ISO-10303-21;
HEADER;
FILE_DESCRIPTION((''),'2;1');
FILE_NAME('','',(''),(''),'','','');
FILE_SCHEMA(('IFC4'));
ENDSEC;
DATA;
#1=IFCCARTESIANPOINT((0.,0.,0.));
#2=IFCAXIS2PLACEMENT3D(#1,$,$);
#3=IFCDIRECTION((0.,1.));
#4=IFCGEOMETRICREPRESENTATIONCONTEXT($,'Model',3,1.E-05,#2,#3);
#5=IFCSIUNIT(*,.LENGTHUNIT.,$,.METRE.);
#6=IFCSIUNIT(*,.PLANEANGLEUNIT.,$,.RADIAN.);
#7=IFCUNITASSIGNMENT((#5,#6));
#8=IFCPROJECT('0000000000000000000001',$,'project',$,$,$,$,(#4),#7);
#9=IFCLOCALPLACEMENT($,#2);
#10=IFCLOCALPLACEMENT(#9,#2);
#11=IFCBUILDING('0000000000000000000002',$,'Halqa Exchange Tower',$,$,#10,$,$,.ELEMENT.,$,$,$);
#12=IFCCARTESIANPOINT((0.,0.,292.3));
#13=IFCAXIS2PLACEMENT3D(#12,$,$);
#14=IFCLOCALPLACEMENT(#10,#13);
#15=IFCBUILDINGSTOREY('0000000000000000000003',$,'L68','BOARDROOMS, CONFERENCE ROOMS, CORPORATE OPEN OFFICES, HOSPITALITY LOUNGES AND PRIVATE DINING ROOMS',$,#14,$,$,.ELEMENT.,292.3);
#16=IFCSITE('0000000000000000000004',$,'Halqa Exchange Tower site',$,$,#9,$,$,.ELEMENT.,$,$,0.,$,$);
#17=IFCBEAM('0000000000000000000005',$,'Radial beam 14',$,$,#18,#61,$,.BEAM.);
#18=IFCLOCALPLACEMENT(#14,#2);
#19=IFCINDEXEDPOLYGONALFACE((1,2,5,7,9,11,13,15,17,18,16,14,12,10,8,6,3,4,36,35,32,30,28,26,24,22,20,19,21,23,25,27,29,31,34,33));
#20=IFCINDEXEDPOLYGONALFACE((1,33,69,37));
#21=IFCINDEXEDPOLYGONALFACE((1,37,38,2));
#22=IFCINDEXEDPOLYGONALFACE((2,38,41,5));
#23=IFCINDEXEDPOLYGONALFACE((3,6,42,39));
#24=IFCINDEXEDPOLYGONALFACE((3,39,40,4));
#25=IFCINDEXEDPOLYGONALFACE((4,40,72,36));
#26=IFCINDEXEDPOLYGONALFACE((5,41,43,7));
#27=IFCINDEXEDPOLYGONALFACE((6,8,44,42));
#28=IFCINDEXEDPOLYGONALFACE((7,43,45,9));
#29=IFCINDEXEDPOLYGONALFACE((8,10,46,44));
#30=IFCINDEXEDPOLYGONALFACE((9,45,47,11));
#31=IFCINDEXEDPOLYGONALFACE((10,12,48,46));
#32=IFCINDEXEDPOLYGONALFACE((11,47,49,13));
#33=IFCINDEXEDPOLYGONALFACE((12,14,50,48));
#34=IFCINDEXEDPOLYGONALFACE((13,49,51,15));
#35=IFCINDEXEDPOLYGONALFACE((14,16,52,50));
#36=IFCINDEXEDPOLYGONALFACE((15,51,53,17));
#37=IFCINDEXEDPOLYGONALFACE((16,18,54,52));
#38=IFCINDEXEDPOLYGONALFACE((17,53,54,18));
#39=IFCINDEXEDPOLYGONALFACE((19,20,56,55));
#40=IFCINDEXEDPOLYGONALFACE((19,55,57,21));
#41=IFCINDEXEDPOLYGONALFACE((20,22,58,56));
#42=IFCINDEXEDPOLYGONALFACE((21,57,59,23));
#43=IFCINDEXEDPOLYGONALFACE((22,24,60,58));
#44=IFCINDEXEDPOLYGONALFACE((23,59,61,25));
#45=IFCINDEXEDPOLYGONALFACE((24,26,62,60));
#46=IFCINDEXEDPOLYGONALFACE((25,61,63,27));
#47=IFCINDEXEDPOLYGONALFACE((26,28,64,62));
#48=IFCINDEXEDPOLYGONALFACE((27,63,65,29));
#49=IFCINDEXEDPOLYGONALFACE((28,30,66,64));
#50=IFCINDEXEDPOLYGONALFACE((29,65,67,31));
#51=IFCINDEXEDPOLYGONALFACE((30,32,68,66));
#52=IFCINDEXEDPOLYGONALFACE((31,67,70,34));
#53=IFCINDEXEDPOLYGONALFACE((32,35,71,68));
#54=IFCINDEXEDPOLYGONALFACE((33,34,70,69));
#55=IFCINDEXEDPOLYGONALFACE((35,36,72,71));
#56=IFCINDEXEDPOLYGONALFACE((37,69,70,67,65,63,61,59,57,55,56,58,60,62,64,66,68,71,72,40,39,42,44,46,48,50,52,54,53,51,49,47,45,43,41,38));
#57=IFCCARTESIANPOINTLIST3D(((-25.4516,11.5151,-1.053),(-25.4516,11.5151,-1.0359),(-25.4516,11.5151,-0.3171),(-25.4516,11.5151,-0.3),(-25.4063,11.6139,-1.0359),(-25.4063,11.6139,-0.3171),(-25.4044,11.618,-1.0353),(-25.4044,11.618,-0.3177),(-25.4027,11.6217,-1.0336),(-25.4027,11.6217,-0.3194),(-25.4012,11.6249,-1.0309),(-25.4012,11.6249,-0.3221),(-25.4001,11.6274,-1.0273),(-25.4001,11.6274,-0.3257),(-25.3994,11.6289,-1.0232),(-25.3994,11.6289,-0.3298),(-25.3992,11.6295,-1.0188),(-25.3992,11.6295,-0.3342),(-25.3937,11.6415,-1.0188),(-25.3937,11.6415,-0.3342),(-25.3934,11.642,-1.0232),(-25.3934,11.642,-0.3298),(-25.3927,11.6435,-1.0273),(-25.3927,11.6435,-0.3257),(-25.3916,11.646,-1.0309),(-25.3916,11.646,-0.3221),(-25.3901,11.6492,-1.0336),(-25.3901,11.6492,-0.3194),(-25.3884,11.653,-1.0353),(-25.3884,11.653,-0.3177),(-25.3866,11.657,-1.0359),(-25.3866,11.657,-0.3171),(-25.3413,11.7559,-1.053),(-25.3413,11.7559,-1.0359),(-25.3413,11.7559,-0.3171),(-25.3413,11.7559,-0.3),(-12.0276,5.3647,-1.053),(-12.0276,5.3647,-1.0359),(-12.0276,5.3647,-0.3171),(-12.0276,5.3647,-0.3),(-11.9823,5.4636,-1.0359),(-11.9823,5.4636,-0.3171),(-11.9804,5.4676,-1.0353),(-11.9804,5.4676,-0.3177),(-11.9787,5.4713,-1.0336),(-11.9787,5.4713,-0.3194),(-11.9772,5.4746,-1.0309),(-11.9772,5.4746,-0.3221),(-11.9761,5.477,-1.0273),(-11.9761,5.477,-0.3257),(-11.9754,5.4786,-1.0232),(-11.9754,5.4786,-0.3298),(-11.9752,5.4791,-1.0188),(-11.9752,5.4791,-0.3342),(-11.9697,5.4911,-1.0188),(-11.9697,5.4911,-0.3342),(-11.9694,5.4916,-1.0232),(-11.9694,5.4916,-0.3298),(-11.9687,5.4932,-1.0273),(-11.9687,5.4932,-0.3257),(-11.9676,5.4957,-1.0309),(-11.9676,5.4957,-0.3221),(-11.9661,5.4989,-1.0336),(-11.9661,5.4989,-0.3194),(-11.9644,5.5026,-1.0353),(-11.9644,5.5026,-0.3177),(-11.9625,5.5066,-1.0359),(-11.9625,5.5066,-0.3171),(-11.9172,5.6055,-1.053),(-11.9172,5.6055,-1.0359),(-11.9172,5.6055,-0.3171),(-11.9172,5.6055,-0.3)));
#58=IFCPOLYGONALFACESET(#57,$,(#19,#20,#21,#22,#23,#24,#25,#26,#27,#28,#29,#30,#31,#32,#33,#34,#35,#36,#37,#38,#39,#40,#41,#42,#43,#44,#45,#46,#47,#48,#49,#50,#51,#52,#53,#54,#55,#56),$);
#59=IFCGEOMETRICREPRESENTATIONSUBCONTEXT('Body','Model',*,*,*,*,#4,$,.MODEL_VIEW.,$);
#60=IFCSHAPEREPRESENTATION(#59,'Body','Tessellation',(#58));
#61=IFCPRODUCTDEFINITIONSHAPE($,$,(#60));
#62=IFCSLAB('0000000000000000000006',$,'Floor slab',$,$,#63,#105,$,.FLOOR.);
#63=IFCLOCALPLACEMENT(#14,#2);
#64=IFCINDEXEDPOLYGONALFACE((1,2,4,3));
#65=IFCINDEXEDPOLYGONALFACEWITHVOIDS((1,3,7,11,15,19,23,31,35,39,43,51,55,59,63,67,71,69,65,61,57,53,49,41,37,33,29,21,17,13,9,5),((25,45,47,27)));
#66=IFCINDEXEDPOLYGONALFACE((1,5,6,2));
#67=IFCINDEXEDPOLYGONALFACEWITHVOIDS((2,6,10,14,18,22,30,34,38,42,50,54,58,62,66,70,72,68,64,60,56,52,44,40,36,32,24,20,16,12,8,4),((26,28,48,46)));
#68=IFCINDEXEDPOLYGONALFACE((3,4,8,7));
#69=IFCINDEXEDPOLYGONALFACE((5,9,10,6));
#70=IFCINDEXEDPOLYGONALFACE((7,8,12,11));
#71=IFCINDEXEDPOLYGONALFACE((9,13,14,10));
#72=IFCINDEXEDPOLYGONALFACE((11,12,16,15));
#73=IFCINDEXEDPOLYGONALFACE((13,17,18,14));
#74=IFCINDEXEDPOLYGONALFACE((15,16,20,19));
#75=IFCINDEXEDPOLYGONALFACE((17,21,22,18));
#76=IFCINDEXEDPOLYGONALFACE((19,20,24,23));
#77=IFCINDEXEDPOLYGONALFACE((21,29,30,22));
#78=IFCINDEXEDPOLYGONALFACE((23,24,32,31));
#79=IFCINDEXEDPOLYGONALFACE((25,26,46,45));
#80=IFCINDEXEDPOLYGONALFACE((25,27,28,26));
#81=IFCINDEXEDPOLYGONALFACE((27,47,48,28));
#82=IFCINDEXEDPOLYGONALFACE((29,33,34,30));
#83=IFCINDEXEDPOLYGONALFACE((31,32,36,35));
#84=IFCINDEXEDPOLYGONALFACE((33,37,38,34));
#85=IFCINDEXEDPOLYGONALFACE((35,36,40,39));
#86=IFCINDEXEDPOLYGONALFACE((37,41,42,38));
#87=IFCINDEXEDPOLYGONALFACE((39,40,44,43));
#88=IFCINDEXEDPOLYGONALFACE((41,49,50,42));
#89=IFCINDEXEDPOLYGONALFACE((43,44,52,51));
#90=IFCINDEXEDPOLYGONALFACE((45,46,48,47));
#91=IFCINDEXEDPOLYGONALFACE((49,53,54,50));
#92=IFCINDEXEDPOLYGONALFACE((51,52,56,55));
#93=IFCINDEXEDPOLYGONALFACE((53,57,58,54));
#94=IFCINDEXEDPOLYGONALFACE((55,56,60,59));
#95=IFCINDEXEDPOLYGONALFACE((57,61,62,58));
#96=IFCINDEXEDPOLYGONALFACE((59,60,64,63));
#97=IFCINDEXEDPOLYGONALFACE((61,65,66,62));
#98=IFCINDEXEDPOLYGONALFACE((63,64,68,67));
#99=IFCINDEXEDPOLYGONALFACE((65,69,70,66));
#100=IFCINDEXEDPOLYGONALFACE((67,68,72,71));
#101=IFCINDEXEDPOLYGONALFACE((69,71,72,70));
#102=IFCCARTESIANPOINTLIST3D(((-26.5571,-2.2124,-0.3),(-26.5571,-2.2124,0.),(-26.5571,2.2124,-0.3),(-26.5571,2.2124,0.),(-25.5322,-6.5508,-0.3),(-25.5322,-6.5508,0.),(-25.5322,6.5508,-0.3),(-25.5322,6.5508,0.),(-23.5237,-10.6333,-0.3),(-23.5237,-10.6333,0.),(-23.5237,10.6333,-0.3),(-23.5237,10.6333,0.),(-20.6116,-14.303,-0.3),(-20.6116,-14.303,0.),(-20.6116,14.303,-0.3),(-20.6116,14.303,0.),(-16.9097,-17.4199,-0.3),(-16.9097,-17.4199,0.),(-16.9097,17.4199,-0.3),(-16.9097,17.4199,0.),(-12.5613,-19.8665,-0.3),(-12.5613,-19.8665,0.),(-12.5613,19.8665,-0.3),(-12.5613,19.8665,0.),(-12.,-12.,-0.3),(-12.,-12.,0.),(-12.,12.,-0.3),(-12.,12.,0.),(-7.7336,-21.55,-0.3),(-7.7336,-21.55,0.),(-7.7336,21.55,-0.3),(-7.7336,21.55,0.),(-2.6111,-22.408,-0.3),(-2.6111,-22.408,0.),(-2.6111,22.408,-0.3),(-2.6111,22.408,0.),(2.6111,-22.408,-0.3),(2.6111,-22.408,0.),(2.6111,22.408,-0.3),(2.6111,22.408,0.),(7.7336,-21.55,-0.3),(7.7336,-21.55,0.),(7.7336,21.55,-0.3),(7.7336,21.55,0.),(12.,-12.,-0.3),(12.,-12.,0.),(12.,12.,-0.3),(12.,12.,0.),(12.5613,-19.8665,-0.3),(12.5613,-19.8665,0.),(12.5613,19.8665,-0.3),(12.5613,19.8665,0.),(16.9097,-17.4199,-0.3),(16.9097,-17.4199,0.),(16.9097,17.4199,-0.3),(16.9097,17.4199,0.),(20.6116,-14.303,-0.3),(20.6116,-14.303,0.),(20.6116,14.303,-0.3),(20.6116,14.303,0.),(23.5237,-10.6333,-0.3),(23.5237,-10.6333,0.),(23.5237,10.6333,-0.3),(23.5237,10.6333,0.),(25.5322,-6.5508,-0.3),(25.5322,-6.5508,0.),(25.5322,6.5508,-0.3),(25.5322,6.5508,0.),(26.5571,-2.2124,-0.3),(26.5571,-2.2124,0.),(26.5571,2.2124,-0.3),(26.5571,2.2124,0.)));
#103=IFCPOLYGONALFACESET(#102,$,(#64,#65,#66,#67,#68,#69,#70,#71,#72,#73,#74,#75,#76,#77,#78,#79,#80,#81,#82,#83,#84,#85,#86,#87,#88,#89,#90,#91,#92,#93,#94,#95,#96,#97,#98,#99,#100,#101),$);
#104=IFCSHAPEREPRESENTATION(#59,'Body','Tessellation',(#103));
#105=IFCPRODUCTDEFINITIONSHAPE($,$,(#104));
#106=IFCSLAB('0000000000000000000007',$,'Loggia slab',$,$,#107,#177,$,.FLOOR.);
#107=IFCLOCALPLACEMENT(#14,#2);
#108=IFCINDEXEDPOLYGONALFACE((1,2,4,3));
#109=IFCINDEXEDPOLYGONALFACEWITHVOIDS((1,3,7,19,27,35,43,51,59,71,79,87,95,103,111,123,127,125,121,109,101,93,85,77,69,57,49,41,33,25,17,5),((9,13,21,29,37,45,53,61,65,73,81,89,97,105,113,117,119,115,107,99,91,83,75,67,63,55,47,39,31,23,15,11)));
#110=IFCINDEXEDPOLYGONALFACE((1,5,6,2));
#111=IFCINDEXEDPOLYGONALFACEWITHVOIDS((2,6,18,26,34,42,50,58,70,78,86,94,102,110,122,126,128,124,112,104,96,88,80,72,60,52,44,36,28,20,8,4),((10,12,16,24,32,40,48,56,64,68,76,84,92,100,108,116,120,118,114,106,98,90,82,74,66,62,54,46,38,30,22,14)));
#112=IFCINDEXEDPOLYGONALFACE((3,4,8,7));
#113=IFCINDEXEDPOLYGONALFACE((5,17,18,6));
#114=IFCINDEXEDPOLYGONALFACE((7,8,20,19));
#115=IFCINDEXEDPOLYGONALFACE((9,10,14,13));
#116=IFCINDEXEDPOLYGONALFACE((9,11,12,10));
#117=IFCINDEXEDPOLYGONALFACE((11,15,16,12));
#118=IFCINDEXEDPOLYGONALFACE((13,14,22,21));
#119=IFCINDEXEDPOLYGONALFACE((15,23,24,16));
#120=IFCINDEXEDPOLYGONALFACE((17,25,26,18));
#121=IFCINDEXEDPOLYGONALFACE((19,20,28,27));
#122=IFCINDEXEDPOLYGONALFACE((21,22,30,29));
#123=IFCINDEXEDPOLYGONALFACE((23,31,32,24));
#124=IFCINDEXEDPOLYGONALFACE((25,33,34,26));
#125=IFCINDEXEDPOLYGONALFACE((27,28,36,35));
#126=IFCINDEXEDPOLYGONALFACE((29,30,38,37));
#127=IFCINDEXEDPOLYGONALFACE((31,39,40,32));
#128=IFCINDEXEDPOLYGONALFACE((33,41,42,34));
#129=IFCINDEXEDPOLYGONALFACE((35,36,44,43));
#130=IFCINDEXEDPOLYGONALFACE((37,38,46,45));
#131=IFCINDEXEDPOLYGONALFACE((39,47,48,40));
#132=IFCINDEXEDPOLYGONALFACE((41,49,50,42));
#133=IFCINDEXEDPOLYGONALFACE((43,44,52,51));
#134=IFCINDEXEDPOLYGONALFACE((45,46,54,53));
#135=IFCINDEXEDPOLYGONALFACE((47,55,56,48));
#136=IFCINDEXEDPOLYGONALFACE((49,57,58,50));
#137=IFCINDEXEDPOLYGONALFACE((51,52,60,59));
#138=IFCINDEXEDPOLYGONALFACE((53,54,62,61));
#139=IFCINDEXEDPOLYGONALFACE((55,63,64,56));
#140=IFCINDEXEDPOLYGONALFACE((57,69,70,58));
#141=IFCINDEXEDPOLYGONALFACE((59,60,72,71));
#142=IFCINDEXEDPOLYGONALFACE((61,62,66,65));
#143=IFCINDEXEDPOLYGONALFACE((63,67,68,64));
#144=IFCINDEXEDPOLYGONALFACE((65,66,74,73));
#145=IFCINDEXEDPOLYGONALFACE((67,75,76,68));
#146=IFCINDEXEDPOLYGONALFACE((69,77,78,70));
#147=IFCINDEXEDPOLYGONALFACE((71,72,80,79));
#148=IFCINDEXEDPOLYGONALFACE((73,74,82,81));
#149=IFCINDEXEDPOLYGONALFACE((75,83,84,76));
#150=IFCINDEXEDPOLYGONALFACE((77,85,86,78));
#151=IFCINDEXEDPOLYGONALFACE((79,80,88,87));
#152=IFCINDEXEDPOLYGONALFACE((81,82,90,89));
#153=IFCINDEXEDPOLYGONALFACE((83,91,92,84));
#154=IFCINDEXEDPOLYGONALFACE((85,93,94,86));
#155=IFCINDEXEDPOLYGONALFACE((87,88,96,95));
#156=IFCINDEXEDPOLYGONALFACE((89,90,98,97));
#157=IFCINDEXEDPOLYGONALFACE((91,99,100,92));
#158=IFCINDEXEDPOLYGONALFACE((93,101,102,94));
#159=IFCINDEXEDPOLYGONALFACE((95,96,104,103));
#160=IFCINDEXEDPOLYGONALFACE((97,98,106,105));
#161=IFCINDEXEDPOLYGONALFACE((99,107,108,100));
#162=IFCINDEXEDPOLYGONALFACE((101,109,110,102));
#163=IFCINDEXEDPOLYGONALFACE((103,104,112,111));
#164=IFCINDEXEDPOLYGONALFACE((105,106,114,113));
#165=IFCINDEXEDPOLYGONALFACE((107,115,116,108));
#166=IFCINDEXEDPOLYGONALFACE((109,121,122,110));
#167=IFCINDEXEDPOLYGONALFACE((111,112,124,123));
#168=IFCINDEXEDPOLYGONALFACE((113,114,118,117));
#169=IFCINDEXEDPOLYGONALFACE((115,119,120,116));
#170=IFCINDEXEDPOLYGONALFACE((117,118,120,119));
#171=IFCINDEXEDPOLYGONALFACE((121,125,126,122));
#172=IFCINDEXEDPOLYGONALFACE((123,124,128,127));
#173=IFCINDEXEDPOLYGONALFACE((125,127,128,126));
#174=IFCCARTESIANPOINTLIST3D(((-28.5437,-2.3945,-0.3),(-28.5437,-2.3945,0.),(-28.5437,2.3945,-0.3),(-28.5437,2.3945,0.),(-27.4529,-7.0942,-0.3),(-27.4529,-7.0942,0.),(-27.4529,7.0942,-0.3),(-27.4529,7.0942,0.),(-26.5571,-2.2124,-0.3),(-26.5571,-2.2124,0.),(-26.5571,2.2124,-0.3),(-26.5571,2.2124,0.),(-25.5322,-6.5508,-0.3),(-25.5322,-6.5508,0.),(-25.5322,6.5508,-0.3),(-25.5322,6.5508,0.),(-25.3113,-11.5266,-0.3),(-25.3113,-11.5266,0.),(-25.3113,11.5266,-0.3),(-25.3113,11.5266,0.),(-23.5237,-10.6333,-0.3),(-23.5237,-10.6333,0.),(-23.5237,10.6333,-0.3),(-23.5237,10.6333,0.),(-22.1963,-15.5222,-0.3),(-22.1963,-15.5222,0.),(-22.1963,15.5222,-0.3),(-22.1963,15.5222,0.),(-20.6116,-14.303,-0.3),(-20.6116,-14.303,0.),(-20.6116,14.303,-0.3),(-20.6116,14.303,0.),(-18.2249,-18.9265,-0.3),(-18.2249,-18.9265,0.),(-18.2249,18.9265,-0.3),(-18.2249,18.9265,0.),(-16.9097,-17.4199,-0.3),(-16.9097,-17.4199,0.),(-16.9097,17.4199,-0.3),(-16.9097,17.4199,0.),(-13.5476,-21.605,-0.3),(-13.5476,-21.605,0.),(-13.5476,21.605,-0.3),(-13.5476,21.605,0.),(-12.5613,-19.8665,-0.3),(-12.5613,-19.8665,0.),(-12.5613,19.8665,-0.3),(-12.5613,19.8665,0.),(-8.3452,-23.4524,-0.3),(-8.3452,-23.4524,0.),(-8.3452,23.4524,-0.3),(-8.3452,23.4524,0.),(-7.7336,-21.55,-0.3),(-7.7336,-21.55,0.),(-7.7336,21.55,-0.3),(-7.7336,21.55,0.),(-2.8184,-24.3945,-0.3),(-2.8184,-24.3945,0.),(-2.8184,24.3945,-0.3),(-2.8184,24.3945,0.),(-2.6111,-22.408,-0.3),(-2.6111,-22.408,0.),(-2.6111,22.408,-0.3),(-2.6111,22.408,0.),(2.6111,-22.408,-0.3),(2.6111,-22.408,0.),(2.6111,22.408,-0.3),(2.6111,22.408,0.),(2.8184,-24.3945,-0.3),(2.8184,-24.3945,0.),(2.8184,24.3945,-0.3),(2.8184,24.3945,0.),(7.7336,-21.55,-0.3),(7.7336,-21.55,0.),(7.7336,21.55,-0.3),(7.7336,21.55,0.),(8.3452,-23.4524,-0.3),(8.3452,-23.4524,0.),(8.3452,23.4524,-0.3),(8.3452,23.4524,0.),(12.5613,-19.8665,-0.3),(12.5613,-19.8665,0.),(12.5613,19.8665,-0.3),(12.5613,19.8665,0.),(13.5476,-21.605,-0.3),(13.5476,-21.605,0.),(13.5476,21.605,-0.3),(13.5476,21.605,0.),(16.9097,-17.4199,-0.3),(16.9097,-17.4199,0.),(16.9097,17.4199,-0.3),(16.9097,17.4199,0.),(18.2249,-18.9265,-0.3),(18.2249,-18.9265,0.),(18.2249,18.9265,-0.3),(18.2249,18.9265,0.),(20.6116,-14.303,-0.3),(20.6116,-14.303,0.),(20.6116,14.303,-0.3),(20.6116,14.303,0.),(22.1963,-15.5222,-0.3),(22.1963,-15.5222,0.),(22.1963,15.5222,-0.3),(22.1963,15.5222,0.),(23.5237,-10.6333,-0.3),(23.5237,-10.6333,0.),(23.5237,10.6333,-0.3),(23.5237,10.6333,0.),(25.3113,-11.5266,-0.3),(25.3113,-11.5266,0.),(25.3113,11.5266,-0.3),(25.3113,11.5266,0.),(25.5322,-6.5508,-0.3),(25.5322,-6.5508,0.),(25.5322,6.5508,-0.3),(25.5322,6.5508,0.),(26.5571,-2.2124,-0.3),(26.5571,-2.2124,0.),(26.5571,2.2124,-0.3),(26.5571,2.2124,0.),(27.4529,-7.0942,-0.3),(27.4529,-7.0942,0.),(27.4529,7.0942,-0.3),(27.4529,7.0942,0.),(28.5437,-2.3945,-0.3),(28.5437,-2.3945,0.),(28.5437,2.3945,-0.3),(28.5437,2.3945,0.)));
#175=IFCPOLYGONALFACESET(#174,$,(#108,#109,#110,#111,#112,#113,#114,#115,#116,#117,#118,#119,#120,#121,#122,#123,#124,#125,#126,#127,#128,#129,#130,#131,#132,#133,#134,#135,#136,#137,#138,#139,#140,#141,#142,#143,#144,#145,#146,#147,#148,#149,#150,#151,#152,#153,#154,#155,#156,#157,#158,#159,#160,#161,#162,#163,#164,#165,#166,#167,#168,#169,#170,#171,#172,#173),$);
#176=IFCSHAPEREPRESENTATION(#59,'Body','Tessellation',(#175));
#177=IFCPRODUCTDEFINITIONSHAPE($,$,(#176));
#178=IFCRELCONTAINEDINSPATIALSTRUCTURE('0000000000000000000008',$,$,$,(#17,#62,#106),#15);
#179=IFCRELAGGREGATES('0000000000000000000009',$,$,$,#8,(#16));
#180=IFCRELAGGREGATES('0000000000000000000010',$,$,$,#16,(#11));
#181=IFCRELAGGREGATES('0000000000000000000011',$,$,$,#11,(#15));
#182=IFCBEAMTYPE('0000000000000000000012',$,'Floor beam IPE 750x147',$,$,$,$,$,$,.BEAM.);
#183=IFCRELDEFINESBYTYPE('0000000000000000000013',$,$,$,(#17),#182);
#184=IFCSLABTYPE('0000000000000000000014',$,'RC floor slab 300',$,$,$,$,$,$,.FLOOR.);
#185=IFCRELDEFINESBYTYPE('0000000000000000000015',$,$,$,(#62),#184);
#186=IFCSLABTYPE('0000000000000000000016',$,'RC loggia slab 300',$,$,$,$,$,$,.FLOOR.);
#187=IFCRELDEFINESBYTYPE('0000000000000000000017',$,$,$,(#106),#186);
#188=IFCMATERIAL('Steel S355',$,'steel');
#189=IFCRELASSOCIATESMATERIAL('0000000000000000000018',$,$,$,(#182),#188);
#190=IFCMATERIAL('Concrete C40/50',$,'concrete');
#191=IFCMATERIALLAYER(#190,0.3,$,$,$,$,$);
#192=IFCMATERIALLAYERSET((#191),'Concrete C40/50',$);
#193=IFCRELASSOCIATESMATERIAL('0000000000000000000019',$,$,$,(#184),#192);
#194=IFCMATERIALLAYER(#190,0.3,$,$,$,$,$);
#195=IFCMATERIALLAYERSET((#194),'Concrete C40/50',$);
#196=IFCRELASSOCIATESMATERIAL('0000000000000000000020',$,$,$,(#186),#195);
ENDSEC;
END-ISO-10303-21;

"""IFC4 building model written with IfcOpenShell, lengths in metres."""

from ifc_helpers import new_model, si_unit, direction, frame, origin, origin_2d, place, context, subcontext, project, spatial, polyline, i_section, outline, extrude, material, layer, layer_set, material_profile, profile_set, type_object, element, save


model = new_model("IFC4")

# Units and contexts
model_context = context("Model", 3, precision=1e-05, world=origin(), true_north=direction((0.0, 1.0)))
body_context = subcontext(model_context, "Body", "Model", "MODEL_VIEW")
ifc_project = project(units=[si_unit("LENGTHUNIT", "METRE"), si_unit("PLANEANGLEUNIT", "RADIAN")], contexts=[model_context])

# Site, building, storey
site_placement = place(None, origin())
site = spatial("IfcSite", under=ifc_project, at=site_placement, Name="Halqa Exchange Tower site", CompositionType="ELEMENT", RefElevation=0.0)
building_placement = place(site_placement, origin())
building = spatial("IfcBuilding", under=site, at=building_placement, Name="Halqa Exchange Tower", CompositionType="ELEMENT")
storey_placement = place(building_placement, frame((0.0, 0.0, 292.3)))
storey = spatial("IfcBuildingStorey", under=building, at=storey_placement, Name="L68", Description="BOARDROOMS, CONFERENCE ROOMS, CORPORATE OPEN OFFICES, HOSPITALITY LOUNGES AND PRIVATE DINING ROOMS", CompositionType="ELEMENT", Elevation=292.3)

# Beam
ifc_material_1 = material(Name="Steel S355", Category="steel")
ifc_material_profile = material_profile(ifc_material_1, i_section(OverallWidth=0.2649, OverallDepth=0.7529, WebThickness=0.0132, FlangeThickness=0.0171, FilletRadius=0.0171, at=origin_2d()), Name="IPE 750x147")
ifc_profile_set = profile_set([ifc_material_profile], Name="Steel S355")
beam_type = type_object("IfcBeamType", Name="Floor beam IPE 750x147", PredefinedType="BEAM", material=ifc_profile_set)
beam_placement = place(storey_placement, frame((-11.9724, 5.4851, -0.6765), z_axis=(-0.909124, 0.416525, 0.0), x_axis=(-0.416525, -0.909124, 0.0)))
element("IfcBeam", 1, at=beam_placement, inside=storey, type_object=beam_type, Name="Radial beam 14", PredefinedType="BEAM", context=body_context, shape_type="SweptSolid", body=[
    extrude(i_section(OverallWidth=0.2649, OverallDepth=0.7529, WebThickness=0.0132, FlangeThickness=0.0171, FilletRadius=0.0171, at=origin_2d()), origin(), (0.0, 0.0, 1.0), 14.7659),
])

# Slabs
ifc_material_2 = material(Name="Concrete C40/50", Category="concrete")
ifc_layer_1 = layer(ifc_material_2, 0.3)
ifc_layer_set_1 = layer_set([ifc_layer_1], Name="Concrete C40/50")
slab_type_1 = type_object("IfcSlabType", Name="RC floor slab 300", PredefinedType="FLOOR", material=ifc_layer_set_1)
slab_1_placement = place(storey_placement, frame((0.0, 0.0, -0.3)))
element("IfcSlab", 2, at=slab_1_placement, inside=storey, type_object=slab_type_1, Name="Floor slab", PredefinedType="FLOOR", context=body_context, shape_type="SweptSolid", body=[
    extrude(outline(polyline([(26.5571, 2.2124), (25.5322, 6.5508), (23.5237, 10.6333), (20.6116, 14.303), (16.9097, 17.4199), (12.5613, 19.8665), (7.7336, 21.55), (2.6111, 22.408), (-2.6111, 22.408), (-7.7336, 21.55), (-12.5613, 19.8665), (-16.9097, 17.4199), (-20.6116, 14.303), (-23.5237, 10.6333), (-25.5322, 6.5508), (-26.5571, 2.2124), (-26.5571, -2.2124), (-25.5322, -6.5508), (-23.5237, -10.6333), (-20.6116, -14.303), (-16.9097, -17.4199), (-12.5613, -19.8665), (-7.7336, -21.55), (-2.6111, -22.408), (2.6111, -22.408), (7.7336, -21.55), (12.5613, -19.8665), (16.9097, -17.4199), (20.6116, -14.303), (23.5237, -10.6333), (25.5322, -6.5508), (26.5571, -2.2124), (26.5571, 2.2124)]), holes=[polyline([(-12.0, -12.0), (12.0, -12.0), (12.0, 12.0), (-12.0, 12.0), (-12.0, -12.0)])]), origin(), (0.0, 0.0, 1.0), 0.3),
])
ifc_layer_2 = layer(ifc_material_2, 0.3)
ifc_layer_set_2 = layer_set([ifc_layer_2], Name="Concrete C40/50")
slab_type_2 = type_object("IfcSlabType", Name="RC loggia slab 300", PredefinedType="FLOOR", material=ifc_layer_set_2)
slab_2_placement = place(storey_placement, frame((0.0, 0.0, -0.3)))
element("IfcSlab", 3, at=slab_2_placement, inside=storey, type_object=slab_type_2, Name="Loggia slab", PredefinedType="FLOOR", context=body_context, shape_type="SweptSolid", body=[
    extrude(outline(polyline([(28.5437, 2.3945), (28.5437, -2.3945), (27.4529, -7.0942), (25.3113, -11.5266), (22.1963, -15.5222), (18.2249, -18.9265), (13.5476, -21.605), (8.3452, -23.4524), (2.8184, -24.3945), (-2.8184, -24.3945), (-8.3452, -23.4524), (-13.5476, -21.605), (-18.2249, -18.9265), (-22.1963, -15.5222), (-25.3113, -11.5266), (-27.4529, -7.0942), (-28.5437, -2.3945), (-28.5437, 2.3945), (-27.4529, 7.0942), (-25.3113, 11.5266), (-22.1963, 15.5222), (-18.2249, 18.9265), (-13.5476, 21.605), (-8.3452, 23.4524), (-2.8184, 24.3945), (2.8184, 24.3945), (8.3452, 23.4524), (13.5476, 21.605), (18.2249, 18.9265), (22.1963, 15.5222), (25.3113, 11.5266), (27.4529, 7.0942), (28.5437, 2.3945)]), holes=[polyline([(26.5571, 2.2124), (25.5322, 6.5508), (23.5237, 10.6333), (20.6116, 14.303), (16.9097, 17.4199), (12.5613, 19.8665), (7.7336, 21.55), (2.6111, 22.408), (-2.6111, 22.408), (-7.7336, 21.55), (-12.5613, 19.8665), (-16.9097, 17.4199), (-20.6116, 14.303), (-23.5237, 10.6333), (-25.5322, 6.5508), (-26.5571, 2.2124), (-26.5571, -2.2124), (-25.5322, -6.5508), (-23.5237, -10.6333), (-20.6116, -14.303), (-16.9097, -17.4199), (-12.5613, -19.8665), (-7.7336, -21.55), (-2.6111, -22.408), (2.6111, -22.408), (7.7336, -21.55), (12.5613, -19.8665), (16.9097, -17.4199), (20.6116, -14.303), (23.5237, -10.6333), (25.5322, -6.5508), (26.5571, -2.2124), (26.5571, 2.2124)])]), origin(), (0.0, 0.0, 1.0), 0.3),
])

save(model, "model.ifc")
